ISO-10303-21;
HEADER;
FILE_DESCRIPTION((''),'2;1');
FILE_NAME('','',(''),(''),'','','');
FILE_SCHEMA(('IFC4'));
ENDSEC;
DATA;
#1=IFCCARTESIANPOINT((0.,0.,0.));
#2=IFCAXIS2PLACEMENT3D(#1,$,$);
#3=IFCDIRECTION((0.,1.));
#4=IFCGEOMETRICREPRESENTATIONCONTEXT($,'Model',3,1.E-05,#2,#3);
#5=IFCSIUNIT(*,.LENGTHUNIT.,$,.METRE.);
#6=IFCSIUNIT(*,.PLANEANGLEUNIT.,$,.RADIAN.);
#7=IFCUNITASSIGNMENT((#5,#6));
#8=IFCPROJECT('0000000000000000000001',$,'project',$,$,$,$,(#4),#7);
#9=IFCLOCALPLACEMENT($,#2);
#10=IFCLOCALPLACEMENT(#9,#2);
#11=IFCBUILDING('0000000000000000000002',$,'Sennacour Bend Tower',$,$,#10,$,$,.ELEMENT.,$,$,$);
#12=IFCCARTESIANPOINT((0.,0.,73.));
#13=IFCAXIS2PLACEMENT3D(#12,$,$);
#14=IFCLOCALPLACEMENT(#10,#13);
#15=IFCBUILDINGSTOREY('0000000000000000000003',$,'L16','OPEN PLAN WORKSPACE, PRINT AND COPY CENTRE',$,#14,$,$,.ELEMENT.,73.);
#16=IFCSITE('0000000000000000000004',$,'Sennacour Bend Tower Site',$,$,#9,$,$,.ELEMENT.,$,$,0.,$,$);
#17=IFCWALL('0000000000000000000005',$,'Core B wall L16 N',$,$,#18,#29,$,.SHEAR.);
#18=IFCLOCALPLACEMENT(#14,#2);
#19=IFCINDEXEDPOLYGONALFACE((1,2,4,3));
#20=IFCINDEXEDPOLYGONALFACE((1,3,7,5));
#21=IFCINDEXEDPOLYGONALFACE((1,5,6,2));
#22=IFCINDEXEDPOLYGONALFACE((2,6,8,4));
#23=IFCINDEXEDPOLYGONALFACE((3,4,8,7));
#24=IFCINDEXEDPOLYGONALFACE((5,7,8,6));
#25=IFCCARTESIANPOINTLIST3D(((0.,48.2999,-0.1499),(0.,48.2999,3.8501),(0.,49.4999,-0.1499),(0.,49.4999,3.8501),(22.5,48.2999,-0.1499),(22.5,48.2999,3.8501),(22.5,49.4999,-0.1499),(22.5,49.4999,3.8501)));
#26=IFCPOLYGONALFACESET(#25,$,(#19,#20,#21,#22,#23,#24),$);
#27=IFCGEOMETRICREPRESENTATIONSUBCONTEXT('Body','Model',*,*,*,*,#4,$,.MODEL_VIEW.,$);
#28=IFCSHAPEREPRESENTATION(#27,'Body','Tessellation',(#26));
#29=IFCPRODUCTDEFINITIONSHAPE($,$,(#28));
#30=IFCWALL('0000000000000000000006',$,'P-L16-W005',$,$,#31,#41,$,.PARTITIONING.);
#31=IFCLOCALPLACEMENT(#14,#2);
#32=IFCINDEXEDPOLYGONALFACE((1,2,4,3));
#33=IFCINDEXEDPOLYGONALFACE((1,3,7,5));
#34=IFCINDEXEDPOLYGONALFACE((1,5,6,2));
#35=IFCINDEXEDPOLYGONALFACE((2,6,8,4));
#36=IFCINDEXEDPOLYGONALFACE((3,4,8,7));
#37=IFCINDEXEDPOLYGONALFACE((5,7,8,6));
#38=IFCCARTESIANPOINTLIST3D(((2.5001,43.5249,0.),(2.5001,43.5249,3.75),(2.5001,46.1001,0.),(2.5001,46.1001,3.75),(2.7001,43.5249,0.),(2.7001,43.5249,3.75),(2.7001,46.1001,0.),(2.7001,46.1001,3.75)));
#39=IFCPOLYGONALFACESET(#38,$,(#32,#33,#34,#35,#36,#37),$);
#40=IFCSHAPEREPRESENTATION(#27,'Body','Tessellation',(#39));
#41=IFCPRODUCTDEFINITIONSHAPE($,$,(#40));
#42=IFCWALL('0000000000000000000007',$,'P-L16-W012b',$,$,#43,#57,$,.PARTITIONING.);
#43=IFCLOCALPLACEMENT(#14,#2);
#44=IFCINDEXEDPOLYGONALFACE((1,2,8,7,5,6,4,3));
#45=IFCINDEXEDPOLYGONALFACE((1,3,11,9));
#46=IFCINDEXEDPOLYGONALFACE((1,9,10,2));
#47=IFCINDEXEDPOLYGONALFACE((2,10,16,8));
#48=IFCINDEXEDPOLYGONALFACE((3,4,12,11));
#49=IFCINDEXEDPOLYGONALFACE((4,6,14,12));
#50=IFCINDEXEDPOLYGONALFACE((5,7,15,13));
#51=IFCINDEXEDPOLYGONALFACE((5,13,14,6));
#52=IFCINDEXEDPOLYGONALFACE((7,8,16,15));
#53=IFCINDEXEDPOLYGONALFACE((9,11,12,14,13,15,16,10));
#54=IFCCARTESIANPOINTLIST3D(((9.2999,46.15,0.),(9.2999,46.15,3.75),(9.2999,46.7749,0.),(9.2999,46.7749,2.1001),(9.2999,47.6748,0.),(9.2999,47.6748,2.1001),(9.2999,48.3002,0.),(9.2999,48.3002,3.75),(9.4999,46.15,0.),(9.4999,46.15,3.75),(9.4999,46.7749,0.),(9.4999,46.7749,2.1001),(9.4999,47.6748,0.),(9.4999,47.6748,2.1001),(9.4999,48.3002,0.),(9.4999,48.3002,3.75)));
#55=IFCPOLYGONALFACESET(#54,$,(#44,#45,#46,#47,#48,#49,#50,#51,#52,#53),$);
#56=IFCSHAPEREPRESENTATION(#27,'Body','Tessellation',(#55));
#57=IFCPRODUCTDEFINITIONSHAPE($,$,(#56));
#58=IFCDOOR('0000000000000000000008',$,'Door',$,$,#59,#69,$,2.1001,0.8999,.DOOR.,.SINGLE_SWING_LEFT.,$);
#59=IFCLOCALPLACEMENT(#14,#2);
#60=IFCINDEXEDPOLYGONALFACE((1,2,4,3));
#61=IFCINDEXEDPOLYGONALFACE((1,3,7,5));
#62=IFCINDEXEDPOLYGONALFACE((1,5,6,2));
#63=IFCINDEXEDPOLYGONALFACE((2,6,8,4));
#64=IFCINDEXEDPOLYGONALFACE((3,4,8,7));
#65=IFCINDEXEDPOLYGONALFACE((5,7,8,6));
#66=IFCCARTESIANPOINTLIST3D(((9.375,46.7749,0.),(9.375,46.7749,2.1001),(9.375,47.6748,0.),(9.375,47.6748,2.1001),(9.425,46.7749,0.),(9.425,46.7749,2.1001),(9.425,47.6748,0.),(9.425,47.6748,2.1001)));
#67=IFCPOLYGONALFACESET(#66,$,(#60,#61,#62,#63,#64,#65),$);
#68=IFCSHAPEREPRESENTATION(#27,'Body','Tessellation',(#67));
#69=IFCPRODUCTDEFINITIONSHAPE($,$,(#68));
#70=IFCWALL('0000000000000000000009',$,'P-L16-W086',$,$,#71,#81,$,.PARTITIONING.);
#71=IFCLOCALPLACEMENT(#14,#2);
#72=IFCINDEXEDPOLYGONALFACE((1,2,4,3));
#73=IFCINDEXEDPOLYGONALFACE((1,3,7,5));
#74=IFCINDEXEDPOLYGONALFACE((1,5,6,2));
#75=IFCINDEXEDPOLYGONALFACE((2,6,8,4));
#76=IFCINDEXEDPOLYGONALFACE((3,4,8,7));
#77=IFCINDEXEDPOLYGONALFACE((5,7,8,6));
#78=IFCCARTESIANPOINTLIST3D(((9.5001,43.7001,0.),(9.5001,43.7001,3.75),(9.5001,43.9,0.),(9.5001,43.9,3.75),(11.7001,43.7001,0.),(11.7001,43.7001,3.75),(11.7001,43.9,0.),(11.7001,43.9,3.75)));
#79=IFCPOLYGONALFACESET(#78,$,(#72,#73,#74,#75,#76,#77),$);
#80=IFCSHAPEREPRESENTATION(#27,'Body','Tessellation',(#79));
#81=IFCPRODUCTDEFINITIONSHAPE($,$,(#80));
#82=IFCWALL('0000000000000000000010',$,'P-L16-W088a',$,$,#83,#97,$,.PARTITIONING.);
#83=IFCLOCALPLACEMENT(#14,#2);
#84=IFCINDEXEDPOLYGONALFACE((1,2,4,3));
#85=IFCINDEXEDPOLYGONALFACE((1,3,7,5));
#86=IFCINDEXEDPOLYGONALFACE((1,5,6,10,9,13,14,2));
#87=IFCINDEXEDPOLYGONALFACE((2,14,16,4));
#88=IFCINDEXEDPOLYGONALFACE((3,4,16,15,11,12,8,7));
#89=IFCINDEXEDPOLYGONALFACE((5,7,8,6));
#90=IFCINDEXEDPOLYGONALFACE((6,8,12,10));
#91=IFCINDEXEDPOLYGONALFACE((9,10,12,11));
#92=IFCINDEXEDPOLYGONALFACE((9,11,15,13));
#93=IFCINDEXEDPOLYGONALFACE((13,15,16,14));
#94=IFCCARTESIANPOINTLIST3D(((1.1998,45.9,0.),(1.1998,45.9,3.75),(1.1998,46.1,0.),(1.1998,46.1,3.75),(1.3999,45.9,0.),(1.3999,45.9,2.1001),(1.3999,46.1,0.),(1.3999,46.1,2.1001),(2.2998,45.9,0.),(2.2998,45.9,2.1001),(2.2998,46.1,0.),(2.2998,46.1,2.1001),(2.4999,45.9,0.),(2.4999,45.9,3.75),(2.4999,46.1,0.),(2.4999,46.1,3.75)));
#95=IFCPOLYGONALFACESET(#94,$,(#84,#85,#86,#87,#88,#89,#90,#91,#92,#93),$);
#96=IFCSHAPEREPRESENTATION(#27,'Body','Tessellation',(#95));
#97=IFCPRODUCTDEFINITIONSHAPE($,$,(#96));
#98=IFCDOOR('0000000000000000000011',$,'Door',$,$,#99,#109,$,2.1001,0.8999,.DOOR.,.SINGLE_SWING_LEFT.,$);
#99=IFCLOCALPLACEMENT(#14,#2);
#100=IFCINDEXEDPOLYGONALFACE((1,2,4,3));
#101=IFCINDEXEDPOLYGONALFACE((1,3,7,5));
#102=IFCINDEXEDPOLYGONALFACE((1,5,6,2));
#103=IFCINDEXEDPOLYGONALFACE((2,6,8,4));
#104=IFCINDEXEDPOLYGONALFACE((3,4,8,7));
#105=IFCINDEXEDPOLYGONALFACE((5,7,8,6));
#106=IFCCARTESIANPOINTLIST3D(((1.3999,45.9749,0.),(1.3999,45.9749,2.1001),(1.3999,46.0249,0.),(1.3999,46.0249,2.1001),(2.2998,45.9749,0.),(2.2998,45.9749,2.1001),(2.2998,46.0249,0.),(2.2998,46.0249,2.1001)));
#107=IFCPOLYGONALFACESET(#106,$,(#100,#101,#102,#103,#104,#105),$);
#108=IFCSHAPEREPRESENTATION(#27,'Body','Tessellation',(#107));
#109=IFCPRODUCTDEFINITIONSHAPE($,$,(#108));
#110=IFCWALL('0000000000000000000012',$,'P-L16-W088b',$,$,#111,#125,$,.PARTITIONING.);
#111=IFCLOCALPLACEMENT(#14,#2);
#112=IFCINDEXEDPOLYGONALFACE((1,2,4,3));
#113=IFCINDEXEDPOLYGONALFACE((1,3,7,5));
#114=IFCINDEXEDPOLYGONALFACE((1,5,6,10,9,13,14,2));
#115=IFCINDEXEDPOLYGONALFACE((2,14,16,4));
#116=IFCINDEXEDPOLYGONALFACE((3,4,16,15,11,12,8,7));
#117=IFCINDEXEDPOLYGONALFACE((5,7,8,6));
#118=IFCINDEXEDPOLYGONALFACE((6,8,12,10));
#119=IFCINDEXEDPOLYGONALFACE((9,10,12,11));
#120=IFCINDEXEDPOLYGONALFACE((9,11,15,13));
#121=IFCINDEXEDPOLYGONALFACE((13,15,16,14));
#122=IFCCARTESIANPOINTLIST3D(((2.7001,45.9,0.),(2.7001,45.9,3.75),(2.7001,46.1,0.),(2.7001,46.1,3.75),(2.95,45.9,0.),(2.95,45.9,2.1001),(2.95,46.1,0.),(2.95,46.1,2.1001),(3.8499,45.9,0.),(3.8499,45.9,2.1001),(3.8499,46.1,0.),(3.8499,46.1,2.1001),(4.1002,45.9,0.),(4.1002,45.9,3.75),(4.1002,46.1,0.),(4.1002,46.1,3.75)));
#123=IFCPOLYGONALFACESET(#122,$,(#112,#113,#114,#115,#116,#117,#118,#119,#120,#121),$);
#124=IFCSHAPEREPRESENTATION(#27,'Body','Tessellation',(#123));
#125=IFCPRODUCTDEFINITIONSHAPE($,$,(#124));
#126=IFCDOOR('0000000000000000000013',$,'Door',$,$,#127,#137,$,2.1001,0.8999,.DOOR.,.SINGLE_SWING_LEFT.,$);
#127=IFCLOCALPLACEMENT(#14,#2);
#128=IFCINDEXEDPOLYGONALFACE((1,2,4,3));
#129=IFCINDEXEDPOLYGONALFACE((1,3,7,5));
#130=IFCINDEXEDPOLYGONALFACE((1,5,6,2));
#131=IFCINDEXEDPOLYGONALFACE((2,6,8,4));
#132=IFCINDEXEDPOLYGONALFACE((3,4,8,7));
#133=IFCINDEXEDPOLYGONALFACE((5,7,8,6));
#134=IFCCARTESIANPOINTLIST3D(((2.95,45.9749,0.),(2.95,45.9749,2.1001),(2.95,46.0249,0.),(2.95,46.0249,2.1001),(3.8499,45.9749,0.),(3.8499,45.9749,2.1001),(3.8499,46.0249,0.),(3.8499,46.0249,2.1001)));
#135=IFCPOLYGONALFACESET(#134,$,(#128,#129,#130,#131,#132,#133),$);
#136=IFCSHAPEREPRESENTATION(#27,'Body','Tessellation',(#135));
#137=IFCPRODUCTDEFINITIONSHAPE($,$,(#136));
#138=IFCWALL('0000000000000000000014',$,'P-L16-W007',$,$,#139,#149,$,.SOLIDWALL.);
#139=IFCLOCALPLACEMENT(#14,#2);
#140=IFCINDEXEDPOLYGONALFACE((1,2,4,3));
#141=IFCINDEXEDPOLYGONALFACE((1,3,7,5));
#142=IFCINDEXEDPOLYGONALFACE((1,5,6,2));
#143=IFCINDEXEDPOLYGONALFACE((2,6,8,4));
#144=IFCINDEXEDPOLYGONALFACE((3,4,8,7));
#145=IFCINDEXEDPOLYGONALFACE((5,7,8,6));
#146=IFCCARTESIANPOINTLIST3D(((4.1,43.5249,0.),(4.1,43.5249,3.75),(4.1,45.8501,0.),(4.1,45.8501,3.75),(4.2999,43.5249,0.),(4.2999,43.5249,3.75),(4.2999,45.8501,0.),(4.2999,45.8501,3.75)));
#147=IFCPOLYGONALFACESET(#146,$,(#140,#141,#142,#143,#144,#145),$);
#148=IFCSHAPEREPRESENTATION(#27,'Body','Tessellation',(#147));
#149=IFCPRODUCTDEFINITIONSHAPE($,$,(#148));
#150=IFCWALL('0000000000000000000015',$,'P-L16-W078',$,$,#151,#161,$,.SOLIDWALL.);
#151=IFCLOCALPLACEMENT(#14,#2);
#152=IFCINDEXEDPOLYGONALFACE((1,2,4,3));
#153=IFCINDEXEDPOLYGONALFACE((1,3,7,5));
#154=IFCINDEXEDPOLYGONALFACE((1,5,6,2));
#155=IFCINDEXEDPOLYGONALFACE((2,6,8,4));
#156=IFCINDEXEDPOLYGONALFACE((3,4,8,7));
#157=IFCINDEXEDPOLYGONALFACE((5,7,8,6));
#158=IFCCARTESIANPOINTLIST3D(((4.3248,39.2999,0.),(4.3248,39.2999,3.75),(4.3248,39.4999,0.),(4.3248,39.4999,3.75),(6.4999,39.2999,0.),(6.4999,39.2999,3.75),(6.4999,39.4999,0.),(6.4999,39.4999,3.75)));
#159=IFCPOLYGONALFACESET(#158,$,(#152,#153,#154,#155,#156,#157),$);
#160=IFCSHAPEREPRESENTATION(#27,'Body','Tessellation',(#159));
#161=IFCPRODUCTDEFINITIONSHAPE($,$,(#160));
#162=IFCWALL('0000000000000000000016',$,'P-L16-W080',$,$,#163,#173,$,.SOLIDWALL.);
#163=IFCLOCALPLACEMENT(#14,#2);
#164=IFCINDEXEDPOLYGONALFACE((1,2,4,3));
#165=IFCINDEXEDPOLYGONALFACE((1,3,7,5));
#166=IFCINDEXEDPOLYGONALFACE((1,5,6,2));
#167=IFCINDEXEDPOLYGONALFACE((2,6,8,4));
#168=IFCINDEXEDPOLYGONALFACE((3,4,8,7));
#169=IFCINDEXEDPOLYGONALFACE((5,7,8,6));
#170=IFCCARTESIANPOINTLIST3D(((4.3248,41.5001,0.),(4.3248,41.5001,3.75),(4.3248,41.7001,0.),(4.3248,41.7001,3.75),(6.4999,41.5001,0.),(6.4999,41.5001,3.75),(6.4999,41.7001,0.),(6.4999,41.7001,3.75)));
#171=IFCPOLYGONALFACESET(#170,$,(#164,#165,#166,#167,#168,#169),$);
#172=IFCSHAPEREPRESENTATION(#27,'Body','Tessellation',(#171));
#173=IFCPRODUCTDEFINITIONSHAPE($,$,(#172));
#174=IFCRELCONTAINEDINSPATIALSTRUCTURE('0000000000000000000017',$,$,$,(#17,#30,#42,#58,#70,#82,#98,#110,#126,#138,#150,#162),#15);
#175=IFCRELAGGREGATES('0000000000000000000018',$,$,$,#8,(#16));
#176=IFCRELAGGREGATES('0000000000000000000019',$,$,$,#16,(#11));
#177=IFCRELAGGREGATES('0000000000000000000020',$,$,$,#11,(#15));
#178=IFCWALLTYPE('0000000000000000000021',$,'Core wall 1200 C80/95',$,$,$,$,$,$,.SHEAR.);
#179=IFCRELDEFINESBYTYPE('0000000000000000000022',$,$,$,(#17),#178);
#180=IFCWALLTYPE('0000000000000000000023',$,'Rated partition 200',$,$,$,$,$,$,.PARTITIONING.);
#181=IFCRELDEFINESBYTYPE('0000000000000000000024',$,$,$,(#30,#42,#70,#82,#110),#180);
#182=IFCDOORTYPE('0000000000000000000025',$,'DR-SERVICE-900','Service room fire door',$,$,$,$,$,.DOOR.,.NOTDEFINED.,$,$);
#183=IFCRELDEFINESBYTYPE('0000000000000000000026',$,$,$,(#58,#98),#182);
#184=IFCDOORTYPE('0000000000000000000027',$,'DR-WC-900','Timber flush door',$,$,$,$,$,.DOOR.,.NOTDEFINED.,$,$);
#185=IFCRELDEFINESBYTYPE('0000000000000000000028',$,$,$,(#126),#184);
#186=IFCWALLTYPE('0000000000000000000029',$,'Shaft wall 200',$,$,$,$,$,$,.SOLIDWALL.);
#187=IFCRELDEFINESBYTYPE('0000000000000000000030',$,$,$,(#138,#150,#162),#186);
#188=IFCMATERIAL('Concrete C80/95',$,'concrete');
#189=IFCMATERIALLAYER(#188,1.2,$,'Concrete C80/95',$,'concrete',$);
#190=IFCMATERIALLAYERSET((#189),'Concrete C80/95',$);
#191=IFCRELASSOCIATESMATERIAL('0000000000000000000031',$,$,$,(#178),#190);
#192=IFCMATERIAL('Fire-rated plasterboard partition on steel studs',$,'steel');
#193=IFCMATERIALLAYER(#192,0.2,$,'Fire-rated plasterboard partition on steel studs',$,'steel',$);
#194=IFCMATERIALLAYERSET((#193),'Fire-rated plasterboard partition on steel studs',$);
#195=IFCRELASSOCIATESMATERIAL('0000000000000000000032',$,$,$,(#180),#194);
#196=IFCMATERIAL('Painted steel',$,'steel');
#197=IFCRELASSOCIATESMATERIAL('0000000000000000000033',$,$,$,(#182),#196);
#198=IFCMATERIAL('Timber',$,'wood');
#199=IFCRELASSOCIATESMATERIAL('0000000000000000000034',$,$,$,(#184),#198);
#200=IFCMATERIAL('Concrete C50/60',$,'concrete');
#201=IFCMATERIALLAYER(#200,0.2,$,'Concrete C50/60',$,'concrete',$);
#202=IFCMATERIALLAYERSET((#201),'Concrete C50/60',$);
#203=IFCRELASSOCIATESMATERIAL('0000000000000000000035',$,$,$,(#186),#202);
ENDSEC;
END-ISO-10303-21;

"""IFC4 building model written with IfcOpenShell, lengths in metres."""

from ifc_helpers import new_model, si_unit, direction, frame, frame_2d, origin, place, context, subcontext, project, spatial, rectangle, extrude, material, layer, layer_set, type_object, element, fill, save


model = new_model("IFC4")

# Units and contexts
model_context = context("Model", 3, precision=1e-05, world=origin(), true_north=direction((0.0, 1.0)))
body_context = subcontext(model_context, "Body", "Model", "MODEL_VIEW")
ifc_project = project(units=[si_unit("LENGTHUNIT", "METRE"), si_unit("PLANEANGLEUNIT", "RADIAN")], contexts=[model_context])

# Site, building, storey
site_placement = place(None, origin())
site = spatial("IfcSite", under=ifc_project, at=site_placement, Name="Sennacour Bend Tower Site", CompositionType="ELEMENT", RefElevation=0.0)
building_placement = place(site_placement, origin())
building = spatial("IfcBuilding", under=site, at=building_placement, Name="Sennacour Bend Tower", CompositionType="ELEMENT")
storey_placement = place(building_placement, frame((0.0, 0.0, 73.0)))
storey = spatial("IfcBuildingStorey", under=building, at=storey_placement, Name="L16", Description="OPEN PLAN WORKSPACE, PRINT AND COPY CENTRE", CompositionType="ELEMENT", Elevation=73.0)

# Walls
ifc_material_1 = material(Name="Concrete C80/95", Category="concrete")
ifc_layer_1 = layer(ifc_material_1, 1.2, Name="Concrete C80/95", Category="concrete")
ifc_layer_set_1 = layer_set([ifc_layer_1], Name="Concrete C80/95")
wall_type_1 = type_object("IfcWallType", Name="Core wall 1200 C80/95", PredefinedType="SHEAR", material=ifc_layer_set_1)
wall_1_placement = place(storey_placement, frame((0.0, 48.8999, -0.1499), z_axis=(0.0, 0.0, 1.0), x_axis=(1.0, 0.0, 0.0)))
element("IfcWall", 1, at=wall_1_placement, inside=storey, type_object=wall_type_1, Name="Core B wall L16 N", PredefinedType="SHEAR", context=body_context, shape_type="SweptSolid", body=[
    extrude(rectangle(XDim=22.5, YDim=1.2, at=frame_2d((11.25, 0.0))), origin(), (0.0, 0.0, 1.0), 4.0),
])
ifc_material_2 = material(Name="Fire-rated plasterboard partition on steel studs", Category="steel")
ifc_layer_2 = layer(ifc_material_2, 0.2, Name="Fire-rated plasterboard partition on steel studs", Category="steel")
ifc_layer_set_2 = layer_set([ifc_layer_2], Name="Fire-rated plasterboard partition on steel studs")
wall_type_2 = type_object("IfcWallType", Name="Rated partition 200", PredefinedType="PARTITIONING", material=ifc_layer_set_2)
wall_2_placement = place(storey_placement, frame((2.6001, 43.5249, 0.0), z_axis=(0.0, 0.0, 1.0), x_axis=(0.0, 1.0, 0.0)))
element("IfcWall", 2, at=wall_2_placement, inside=storey, type_object=wall_type_2, Name="P-L16-W005", PredefinedType="PARTITIONING", context=body_context, shape_type="SweptSolid", body=[
    extrude(rectangle(XDim=2.5752, YDim=0.2, at=frame_2d((1.2876, 0.0))), origin(), (0.0, 0.0, 1.0), 3.75),
])

# Wall, opening, door
wall_3_placement = place(storey_placement, frame((9.3999, 46.1499, 0.0), z_axis=(0.0, 0.0, 1.0), x_axis=(0.0, 1.0, 0.0)))
wall_3 = element("IfcWall", 3, at=wall_3_placement, inside=storey, type_object=wall_type_2, Name="P-L16-W012b", PredefinedType="PARTITIONING", context=body_context, shape_type="SweptSolid", body=[
    extrude(rectangle(XDim=2.1501, YDim=0.2, at=frame_2d((1.0752, 0.0))), origin(), (0.0, 0.0, 1.0), 3.75),
])
opening_1_placement = place(wall_3_placement, frame((0.625, 0.0, 0.0)))
opening_1 = element("IfcOpeningElement", 4, at=opening_1_placement, cuts=wall_3, PredefinedType="OPENING", context=body_context, shape_type="SweptSolid", body=[
    extrude(rectangle(XDim=0.8999, YDim=2.1001, at=frame_2d((0.45, 1.05))), frame((0.0, 0.1099, 0.0), z_axis=(0.0, -1.0, 0.0), x_axis=(1.0, 0.0, 0.0)), (0.0, 0.0, 1.0), 0.22),
])
ifc_material_3 = material(Name="Painted steel", Category="steel")
door_type_1 = type_object("IfcDoorType", Name="DR-SERVICE-900", Description="Service room fire door", OperationType="NOTDEFINED", PredefinedType="DOOR", material=ifc_material_3)
door_1_placement = place(opening_1_placement, origin())
door_1 = element("IfcDoor", 5, at=door_1_placement, inside=storey, type_object=door_type_1, Name="Door", OperationType="SINGLE_SWING_LEFT", OverallHeight=2.1001, OverallWidth=0.8999, PredefinedType="DOOR", context=body_context, shape_type="SweptSolid", body=[
    extrude(rectangle(XDim=0.8999, YDim=2.1001, at=frame_2d((0.45, 1.05))), frame((0.0, 0.0249, 0.0), z_axis=(0.0, -1.0, 0.0), x_axis=(1.0, 0.0, 0.0)), (0.0, 0.0, 1.0), 0.05),
])
fill(opening_1, door_1)

# Wall
wall_4_placement = place(storey_placement, frame((9.5, 43.8, 0.0), z_axis=(0.0, 0.0, 1.0), x_axis=(1.0, 0.0, 0.0)))
element("IfcWall", 6, at=wall_4_placement, inside=storey, type_object=wall_type_2, Name="P-L16-W086", PredefinedType="PARTITIONING", context=body_context, shape_type="SweptSolid", body=[
    extrude(rectangle(XDim=2.2, YDim=0.2, at=frame_2d((1.1001, 0.0))), origin(), (0.0, 0.0, 1.0), 3.75),
])

# Walls, openings, doors
wall_5_placement = place(storey_placement, frame((1.2, 46.0, 0.0), z_axis=(0.0, 0.0, 1.0), x_axis=(1.0, 0.0, 0.0)))
wall_5 = element("IfcWall", 7, at=wall_5_placement, inside=storey, type_object=wall_type_2, Name="P-L16-W088a", PredefinedType="PARTITIONING", context=body_context, shape_type="SweptSolid", body=[
    extrude(rectangle(XDim=1.3, YDim=0.2, at=frame_2d((0.6499, 0.0))), origin(), (0.0, 0.0, 1.0), 3.75),
])
opening_2_placement = place(wall_5_placement, frame((0.2, 0.0, 0.0)))
opening_2 = element("IfcOpeningElement", 8, at=opening_2_placement, cuts=wall_5, PredefinedType="OPENING", context=body_context, shape_type="SweptSolid", body=[
    extrude(rectangle(XDim=0.8999, YDim=2.1001, at=frame_2d((0.45, 1.05))), frame((0.0, 0.1099, 0.0), z_axis=(0.0, -1.0, 0.0), x_axis=(1.0, 0.0, 0.0)), (0.0, 0.0, 1.0), 0.22),
])
door_2_placement = place(opening_2_placement, origin())
door_2 = element("IfcDoor", 9, at=door_2_placement, inside=storey, type_object=door_type_1, Name="Door", OperationType="SINGLE_SWING_LEFT", OverallHeight=2.1001, OverallWidth=0.8999, PredefinedType="DOOR", context=body_context, shape_type="SweptSolid", body=[
    extrude(rectangle(XDim=0.8999, YDim=2.1001, at=frame_2d((0.45, 1.05))), frame((0.0, 0.0249, 0.0), z_axis=(0.0, -1.0, 0.0), x_axis=(1.0, 0.0, 0.0)), (0.0, 0.0, 1.0), 0.05),
])
fill(opening_2, door_2)
wall_6_placement = place(storey_placement, frame((2.7, 46.0, 0.0), z_axis=(0.0, 0.0, 1.0), x_axis=(1.0, 0.0, 0.0)))
wall_6 = element("IfcWall", 10, at=wall_6_placement, inside=storey, type_object=wall_type_2, Name="P-L16-W088b", PredefinedType="PARTITIONING", context=body_context, shape_type="SweptSolid", body=[
    extrude(rectangle(XDim=1.4001, YDim=0.2, at=frame_2d((0.7002, 0.0))), origin(), (0.0, 0.0, 1.0), 3.75),
])
opening_3_placement = place(wall_6_placement, frame((0.25, 0.0, 0.0)))
opening_3 = element("IfcOpeningElement", 11, at=opening_3_placement, cuts=wall_6, PredefinedType="OPENING", context=body_context, shape_type="SweptSolid", body=[
    extrude(rectangle(XDim=0.8999, YDim=2.1001, at=frame_2d((0.45, 1.05))), frame((0.0, 0.1099, 0.0), z_axis=(0.0, -1.0, 0.0), x_axis=(1.0, 0.0, 0.0)), (0.0, 0.0, 1.0), 0.22),
])
ifc_material_4 = material(Name="Timber", Category="wood")
door_type_2 = type_object("IfcDoorType", Name="DR-WC-900", Description="Timber flush door", OperationType="NOTDEFINED", PredefinedType="DOOR", material=ifc_material_4)
door_3_placement = place(opening_3_placement, origin())
door_3 = element("IfcDoor", 12, at=door_3_placement, inside=storey, type_object=door_type_2, Name="Door", OperationType="SINGLE_SWING_LEFT", OverallHeight=2.1001, OverallWidth=0.8999, PredefinedType="DOOR", context=body_context, shape_type="SweptSolid", body=[
    extrude(rectangle(XDim=0.8999, YDim=2.1001, at=frame_2d((0.45, 1.05))), frame((0.0, 0.0249, 0.0), z_axis=(0.0, -1.0, 0.0), x_axis=(1.0, 0.0, 0.0)), (0.0, 0.0, 1.0), 0.05),
])
fill(opening_3, door_3)

# Walls
ifc_material_5 = material(Name="Concrete C50/60", Category="concrete")
ifc_layer_3 = layer(ifc_material_5, 0.2, Name="Concrete C50/60", Category="concrete")
ifc_layer_set_3 = layer_set([ifc_layer_3], Name="Concrete C50/60")
wall_type_3 = type_object("IfcWallType", Name="Shaft wall 200", PredefinedType="SOLIDWALL", material=ifc_layer_set_3)
wall_7_placement = place(storey_placement, frame((4.2, 43.5249, 0.0), z_axis=(0.0, 0.0, 1.0), x_axis=(0.0, 1.0, 0.0)))
element("IfcWall", 13, at=wall_7_placement, inside=storey, type_object=wall_type_3, Name="P-L16-W007", PredefinedType="SOLIDWALL", context=body_context, shape_type="SweptSolid", body=[
    extrude(rectangle(XDim=2.3252, YDim=0.2, at=frame_2d((1.1626, 0.0))), origin(), (0.0, 0.0, 1.0), 3.75),
])
for number, where, z_axis, x_axis, name in (
    (14, (4.325, 39.3999, 0.0), (0.0, 0.0, 1.0), (1.0, 0.0, 0.0), "P-L16-W078"),
    (15, (4.325, 41.6001, 0.0), (0.0, 0.0, 1.0), (1.0, 0.0, 0.0), "P-L16-W080"),
):
    element("IfcWall", number, at=place(storey_placement, frame(where, z_axis=z_axis, x_axis=x_axis)), inside=storey, type_object=wall_type_3, Name=name, PredefinedType="SOLIDWALL", context=body_context, shape_type="SweptSolid", body=[
        extrude(rectangle(XDim=2.175, YDim=0.2, at=frame_2d((1.0874, 0.0))), origin(), (0.0, 0.0, 1.0), 3.75),
    ])

save(model, "model.ifc")
